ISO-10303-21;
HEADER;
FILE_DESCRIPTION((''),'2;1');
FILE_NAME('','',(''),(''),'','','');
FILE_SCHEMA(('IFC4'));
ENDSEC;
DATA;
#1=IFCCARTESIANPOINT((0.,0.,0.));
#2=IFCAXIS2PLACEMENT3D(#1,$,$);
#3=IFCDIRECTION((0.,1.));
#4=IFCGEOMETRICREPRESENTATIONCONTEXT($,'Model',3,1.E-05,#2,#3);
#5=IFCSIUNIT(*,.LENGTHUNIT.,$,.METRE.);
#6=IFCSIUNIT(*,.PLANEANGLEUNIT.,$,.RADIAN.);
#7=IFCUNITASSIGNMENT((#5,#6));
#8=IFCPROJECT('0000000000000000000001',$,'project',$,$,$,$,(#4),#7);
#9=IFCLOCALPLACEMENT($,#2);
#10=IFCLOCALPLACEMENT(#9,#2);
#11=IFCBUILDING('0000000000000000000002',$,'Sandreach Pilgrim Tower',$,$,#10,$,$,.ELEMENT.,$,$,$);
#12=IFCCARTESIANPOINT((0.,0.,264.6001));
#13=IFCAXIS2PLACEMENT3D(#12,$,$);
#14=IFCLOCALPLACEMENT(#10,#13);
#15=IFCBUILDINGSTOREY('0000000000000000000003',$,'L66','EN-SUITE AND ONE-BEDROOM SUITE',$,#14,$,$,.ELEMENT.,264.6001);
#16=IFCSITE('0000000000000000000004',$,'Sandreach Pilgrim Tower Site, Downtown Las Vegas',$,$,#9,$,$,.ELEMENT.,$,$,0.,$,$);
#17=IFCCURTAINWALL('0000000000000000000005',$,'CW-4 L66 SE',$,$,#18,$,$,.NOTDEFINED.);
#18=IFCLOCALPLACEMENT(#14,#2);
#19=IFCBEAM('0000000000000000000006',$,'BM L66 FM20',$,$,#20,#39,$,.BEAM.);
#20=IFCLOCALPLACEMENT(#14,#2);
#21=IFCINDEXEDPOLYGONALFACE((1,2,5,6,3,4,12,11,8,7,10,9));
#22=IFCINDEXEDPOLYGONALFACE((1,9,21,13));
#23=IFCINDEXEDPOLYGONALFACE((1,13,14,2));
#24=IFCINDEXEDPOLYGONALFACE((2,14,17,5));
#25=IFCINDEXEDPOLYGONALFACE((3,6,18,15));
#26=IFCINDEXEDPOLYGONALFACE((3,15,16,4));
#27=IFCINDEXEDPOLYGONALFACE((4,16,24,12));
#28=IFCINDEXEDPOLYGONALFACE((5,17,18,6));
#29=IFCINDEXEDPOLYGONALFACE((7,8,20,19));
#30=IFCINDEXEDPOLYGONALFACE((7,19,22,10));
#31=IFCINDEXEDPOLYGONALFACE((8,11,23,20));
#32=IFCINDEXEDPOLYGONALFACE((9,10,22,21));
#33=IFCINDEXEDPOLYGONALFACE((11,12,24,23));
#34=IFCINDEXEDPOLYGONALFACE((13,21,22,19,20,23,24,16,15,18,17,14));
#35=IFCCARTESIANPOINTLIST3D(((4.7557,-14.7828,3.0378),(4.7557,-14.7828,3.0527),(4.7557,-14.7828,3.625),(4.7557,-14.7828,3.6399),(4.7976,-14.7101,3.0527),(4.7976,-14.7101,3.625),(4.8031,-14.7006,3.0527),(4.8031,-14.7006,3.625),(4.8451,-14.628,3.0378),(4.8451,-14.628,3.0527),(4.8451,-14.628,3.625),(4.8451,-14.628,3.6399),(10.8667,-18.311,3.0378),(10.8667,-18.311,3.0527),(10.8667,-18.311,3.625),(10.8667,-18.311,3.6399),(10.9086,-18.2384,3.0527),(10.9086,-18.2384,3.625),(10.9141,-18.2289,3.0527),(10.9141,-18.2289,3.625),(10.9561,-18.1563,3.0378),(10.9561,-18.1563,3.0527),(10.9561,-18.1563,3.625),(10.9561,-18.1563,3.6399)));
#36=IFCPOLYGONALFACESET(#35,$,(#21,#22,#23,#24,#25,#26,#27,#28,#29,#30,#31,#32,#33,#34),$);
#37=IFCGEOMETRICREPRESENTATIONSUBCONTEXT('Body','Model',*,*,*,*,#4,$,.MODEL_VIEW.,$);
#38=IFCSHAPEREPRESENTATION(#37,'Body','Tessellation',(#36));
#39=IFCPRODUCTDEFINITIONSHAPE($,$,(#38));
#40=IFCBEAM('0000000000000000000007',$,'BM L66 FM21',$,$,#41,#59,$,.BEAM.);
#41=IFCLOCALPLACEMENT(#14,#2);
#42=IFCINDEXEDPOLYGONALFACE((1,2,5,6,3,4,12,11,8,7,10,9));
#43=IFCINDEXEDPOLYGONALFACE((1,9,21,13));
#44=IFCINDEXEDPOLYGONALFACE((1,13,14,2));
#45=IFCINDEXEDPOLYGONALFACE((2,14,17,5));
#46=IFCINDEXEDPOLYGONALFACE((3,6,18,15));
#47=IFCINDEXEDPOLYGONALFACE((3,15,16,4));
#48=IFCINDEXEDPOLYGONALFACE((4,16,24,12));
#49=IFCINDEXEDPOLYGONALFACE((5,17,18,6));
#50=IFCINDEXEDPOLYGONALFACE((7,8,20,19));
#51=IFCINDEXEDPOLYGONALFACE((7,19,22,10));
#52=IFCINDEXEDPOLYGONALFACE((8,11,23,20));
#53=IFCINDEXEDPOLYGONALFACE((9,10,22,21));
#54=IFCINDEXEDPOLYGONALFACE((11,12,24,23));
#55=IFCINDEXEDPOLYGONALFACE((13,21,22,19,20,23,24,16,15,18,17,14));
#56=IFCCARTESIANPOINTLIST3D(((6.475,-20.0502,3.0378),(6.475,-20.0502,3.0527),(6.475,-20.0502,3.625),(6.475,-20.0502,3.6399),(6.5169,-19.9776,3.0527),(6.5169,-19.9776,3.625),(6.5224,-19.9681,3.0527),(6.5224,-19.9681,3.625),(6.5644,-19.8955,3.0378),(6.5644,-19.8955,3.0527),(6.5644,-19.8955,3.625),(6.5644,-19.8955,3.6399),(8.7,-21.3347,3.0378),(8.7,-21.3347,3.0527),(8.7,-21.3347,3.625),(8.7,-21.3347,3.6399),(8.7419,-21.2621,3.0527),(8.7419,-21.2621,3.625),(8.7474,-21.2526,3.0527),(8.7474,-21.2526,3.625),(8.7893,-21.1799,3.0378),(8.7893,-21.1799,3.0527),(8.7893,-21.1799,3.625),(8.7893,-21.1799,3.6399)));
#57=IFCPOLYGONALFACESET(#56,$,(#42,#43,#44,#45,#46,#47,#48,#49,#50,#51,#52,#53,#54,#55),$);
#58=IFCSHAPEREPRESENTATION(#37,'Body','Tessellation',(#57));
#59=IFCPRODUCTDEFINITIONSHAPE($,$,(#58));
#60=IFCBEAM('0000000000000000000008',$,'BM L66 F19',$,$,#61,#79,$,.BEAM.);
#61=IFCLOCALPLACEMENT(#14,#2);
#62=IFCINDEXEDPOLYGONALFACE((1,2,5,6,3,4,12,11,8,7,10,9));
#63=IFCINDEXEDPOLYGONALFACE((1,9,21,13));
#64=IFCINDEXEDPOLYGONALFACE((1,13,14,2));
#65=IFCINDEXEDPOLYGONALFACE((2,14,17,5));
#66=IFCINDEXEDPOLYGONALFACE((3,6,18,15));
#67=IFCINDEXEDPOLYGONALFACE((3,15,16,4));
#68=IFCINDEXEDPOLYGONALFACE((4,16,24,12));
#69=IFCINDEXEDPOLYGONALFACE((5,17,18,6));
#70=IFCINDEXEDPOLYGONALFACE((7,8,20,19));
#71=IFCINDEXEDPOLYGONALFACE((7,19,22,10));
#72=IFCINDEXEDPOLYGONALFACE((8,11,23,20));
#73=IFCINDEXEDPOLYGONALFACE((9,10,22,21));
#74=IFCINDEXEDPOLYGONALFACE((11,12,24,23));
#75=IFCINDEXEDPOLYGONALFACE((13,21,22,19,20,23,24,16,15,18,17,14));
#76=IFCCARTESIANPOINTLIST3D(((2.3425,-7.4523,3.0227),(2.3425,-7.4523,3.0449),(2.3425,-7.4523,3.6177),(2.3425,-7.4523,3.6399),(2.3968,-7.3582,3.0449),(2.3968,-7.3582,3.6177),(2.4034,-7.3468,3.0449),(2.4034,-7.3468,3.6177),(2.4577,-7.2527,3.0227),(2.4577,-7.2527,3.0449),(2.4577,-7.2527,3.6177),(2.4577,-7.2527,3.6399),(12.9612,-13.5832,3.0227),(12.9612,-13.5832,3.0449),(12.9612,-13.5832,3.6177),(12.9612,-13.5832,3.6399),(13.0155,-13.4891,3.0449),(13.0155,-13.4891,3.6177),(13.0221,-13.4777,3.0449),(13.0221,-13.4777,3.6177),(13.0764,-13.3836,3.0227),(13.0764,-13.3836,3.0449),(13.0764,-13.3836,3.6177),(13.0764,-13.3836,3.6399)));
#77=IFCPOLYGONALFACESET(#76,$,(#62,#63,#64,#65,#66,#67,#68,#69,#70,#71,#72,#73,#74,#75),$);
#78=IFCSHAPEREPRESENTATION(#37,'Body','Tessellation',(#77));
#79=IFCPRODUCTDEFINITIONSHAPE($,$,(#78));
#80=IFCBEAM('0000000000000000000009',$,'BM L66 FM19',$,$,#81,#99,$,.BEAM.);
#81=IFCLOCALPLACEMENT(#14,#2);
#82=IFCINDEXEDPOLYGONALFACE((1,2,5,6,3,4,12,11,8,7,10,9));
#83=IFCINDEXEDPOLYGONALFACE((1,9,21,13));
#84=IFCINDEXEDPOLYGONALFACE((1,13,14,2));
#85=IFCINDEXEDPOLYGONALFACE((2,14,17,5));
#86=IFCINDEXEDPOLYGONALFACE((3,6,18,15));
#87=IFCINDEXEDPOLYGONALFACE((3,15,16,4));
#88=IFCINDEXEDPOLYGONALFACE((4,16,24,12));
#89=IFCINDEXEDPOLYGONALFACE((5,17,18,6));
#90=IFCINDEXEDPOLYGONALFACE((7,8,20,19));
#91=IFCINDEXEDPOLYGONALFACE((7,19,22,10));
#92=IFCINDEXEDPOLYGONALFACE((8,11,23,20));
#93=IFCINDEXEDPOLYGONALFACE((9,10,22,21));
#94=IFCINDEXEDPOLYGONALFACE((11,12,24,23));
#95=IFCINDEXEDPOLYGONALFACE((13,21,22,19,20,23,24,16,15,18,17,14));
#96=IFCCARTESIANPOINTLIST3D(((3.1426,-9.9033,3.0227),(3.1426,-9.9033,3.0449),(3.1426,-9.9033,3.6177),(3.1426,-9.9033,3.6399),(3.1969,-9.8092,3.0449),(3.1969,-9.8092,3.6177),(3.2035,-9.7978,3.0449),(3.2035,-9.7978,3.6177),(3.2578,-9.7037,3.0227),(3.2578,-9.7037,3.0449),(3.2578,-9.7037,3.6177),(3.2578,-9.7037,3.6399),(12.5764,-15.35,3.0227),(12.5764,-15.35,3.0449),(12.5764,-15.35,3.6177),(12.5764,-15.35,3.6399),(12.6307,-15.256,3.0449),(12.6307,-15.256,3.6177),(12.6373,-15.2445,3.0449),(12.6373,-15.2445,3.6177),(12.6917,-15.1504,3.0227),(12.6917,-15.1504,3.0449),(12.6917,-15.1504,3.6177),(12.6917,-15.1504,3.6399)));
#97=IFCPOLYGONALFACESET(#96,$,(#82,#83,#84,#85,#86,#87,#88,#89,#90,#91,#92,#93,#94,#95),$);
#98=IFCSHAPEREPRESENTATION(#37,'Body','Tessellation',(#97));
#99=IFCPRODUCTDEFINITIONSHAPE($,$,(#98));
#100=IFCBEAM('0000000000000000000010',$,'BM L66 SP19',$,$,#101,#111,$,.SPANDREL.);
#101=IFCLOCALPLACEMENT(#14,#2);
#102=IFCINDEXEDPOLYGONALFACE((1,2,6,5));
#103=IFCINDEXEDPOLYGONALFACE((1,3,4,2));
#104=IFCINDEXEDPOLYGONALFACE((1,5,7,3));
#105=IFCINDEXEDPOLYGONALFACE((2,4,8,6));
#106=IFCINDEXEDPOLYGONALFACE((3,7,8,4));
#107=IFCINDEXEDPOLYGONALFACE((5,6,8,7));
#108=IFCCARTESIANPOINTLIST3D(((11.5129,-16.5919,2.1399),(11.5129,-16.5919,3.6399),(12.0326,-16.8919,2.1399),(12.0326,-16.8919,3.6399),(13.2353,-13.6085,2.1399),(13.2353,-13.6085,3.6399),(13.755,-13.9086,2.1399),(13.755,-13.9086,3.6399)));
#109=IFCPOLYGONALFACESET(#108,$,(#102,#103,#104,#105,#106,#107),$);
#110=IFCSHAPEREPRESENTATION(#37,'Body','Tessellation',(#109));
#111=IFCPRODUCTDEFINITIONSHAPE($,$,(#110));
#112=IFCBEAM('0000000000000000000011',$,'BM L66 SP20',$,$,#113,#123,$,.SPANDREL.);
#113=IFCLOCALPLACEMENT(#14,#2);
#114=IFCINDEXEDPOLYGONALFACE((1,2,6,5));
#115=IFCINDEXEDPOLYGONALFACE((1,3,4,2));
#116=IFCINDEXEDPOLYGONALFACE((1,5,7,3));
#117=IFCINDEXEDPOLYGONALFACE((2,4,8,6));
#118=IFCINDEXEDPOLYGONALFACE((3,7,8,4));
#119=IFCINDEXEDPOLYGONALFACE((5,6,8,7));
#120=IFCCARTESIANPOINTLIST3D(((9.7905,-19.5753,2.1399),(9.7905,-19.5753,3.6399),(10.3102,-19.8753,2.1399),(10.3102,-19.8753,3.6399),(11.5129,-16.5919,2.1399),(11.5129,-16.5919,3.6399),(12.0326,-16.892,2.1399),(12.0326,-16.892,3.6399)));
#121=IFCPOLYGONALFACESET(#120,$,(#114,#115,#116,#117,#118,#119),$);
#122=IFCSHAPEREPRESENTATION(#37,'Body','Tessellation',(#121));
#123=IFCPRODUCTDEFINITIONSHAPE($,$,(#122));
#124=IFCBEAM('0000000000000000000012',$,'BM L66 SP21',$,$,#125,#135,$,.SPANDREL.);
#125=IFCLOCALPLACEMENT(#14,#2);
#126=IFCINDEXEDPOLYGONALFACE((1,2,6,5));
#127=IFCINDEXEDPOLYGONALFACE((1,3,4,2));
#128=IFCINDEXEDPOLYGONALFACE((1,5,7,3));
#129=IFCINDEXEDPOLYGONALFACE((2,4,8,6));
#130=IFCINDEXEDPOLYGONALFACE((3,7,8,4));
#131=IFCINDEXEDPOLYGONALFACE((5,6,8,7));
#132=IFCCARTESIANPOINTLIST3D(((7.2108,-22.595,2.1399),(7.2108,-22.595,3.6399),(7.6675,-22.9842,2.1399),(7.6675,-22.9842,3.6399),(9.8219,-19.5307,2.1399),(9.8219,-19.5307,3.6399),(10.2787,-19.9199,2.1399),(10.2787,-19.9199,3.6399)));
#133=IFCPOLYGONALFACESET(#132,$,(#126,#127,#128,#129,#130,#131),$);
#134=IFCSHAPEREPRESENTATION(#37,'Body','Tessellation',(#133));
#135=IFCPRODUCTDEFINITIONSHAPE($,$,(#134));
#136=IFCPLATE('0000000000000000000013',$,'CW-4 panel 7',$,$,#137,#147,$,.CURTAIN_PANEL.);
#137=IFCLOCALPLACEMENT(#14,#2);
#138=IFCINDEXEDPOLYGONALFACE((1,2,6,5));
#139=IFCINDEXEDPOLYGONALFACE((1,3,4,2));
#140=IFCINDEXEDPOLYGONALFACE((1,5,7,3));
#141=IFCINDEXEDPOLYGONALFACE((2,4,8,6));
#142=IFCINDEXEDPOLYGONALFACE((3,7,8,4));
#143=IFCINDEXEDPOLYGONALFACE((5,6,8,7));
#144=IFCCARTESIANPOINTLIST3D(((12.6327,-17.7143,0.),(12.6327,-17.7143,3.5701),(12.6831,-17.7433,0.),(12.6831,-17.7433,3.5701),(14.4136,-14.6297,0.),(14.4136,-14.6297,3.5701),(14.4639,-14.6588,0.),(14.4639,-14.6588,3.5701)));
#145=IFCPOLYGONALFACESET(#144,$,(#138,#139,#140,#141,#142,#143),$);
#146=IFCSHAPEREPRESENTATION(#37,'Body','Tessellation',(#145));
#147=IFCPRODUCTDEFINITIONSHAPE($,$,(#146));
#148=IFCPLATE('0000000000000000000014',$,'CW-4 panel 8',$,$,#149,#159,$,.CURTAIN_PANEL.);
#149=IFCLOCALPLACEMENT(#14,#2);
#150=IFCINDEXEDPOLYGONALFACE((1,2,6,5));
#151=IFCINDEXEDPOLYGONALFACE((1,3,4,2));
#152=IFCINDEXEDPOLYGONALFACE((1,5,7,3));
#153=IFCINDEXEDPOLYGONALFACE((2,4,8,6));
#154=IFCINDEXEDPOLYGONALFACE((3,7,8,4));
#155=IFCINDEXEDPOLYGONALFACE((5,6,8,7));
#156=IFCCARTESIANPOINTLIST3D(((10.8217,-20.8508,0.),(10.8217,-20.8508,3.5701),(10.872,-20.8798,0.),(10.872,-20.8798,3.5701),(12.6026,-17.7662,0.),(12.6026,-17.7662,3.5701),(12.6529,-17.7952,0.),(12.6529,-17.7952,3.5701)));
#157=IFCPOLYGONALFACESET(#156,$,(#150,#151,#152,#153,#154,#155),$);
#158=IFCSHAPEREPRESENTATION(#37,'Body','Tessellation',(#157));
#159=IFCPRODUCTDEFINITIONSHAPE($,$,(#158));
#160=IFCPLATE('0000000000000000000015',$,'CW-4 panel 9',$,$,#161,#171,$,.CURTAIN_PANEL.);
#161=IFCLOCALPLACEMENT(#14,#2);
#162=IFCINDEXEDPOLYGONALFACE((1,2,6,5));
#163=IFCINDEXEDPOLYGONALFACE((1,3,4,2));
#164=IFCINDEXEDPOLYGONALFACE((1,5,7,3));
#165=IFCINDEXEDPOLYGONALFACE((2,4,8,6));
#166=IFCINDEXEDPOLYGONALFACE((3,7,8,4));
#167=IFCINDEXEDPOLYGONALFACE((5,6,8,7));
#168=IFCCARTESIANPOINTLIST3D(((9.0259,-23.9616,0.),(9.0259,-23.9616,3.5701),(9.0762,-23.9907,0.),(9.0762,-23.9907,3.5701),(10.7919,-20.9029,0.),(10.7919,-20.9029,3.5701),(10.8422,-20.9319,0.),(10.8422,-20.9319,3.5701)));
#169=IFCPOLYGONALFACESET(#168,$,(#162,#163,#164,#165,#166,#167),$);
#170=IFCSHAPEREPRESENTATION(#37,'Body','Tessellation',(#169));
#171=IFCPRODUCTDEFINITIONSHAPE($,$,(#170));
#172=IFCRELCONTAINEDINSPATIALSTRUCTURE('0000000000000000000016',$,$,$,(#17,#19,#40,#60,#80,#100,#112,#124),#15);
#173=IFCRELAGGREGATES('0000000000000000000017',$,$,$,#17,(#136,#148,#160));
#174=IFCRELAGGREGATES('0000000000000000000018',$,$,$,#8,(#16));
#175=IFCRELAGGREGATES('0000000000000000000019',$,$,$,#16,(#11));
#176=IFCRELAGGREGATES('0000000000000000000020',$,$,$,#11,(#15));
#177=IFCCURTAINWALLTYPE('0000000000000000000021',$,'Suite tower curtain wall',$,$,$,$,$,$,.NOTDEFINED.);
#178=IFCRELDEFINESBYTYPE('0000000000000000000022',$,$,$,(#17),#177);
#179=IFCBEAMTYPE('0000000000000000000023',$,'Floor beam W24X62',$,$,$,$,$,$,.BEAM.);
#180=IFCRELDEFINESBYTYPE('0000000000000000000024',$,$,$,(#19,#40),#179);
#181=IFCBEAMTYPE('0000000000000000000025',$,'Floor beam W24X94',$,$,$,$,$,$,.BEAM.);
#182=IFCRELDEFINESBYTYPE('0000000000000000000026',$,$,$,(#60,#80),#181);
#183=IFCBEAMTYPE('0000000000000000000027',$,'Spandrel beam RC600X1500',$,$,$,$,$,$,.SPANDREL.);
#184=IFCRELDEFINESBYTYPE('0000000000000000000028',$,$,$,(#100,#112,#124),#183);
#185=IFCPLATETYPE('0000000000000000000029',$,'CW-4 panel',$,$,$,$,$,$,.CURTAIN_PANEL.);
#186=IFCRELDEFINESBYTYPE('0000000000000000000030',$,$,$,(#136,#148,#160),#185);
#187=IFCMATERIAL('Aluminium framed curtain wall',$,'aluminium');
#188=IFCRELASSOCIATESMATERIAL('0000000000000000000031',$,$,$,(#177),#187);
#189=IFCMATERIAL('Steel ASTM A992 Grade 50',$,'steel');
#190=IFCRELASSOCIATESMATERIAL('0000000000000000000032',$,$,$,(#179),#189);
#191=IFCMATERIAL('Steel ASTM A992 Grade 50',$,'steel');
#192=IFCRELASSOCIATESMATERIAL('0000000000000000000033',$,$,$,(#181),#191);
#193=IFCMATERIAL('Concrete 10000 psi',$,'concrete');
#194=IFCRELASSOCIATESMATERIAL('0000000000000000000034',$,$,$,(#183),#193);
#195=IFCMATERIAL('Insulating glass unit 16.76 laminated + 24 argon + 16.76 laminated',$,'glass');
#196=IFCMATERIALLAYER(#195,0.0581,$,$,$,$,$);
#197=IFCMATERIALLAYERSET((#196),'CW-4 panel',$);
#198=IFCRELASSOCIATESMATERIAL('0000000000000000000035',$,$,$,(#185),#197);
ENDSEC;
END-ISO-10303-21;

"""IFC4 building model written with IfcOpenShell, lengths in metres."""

from ifc_helpers import new_model, si_unit, direction, frame, origin, origin_2d, place, context, subcontext, project, spatial, rectangle, i_section, extrude, material, layer, layer_set, material_profile, profile_set, type_object, element, aggregate, save


model = new_model("IFC4")

# Units and contexts
model_context = context("Model", 3, precision=1e-05, world=origin(), true_north=direction((0.0, 1.0)))
body_context = subcontext(model_context, "Body", "Model", "MODEL_VIEW")
ifc_project = project(units=[si_unit("LENGTHUNIT", "METRE"), si_unit("PLANEANGLEUNIT", "RADIAN")], contexts=[model_context])

# Site, building, storey
site_placement = place(None, origin())
site = spatial("IfcSite", under=ifc_project, at=site_placement, Name="Sandreach Pilgrim Tower Site, Downtown Las Vegas", CompositionType="ELEMENT", RefElevation=0.0)
building_placement = place(site_placement, origin())
building = spatial("IfcBuilding", under=site, at=building_placement, Name="Sandreach Pilgrim Tower", CompositionType="ELEMENT")
storey_placement = place(building_placement, frame((0.0, 0.0, 264.6001)))
storey = spatial("IfcBuildingStorey", under=building, at=storey_placement, Name="L66", Description="EN-SUITE AND ONE-BEDROOM SUITE", CompositionType="ELEMENT", Elevation=264.6001)

# Curtain wall
ifc_material_1 = material(Name="Aluminium framed curtain wall", Category="aluminium")
curtain_wall_type = type_object("IfcCurtainWallType", Name="Suite tower curtain wall", PredefinedType="NOTDEFINED", material=ifc_material_1)
curtain_wall_placement = place(storey_placement, origin())
curtain_wall = element("IfcCurtainWall", 1, at=curtain_wall_placement, inside=storey, type_object=curtain_wall_type, Name="CW-4 L66 SE", PredefinedType="NOTDEFINED")

# Beams
ifc_material_2 = material(Name="Steel ASTM A992 Grade 50", Category="steel")
ifc_material_profile_1 = material_profile(ifc_material_2, i_section(OverallWidth=0.1787, OverallDepth=0.6021, WebThickness=0.011, FlangeThickness=0.0149, at=origin_2d()), Name="W24X62")
ifc_profile_set_1 = profile_set([ifc_material_profile_1], Name="Steel ASTM A992 Grade 50")
beam_type_1 = type_object("IfcBeamType", Name="Floor beam W24X62", PredefinedType="BEAM", material=ifc_profile_set_1)
beam_1_placement = place(storey_placement, frame((10.9114, -18.2336, 3.3389), z_axis=(-0.86602, 0.500009, 0.0), x_axis=(-0.500009, -0.86602, 0.0)))
element("IfcBeam", 2, at=beam_1_placement, inside=storey, type_object=beam_type_1, Name="BM L66 FM20", PredefinedType="BEAM", context=body_context, shape_type="SweptSolid", body=[
    extrude(i_section(OverallWidth=0.1787, OverallDepth=0.6021, WebThickness=0.011, FlangeThickness=0.0149, at=origin_2d()), origin(), (0.0, 0.0, 1.0), 7.0564),
])
beam_2_placement = place(storey_placement, frame((8.7446, -21.2573, 3.3389), z_axis=(-0.866042, 0.499972, 0.0), x_axis=(-0.499972, -0.866042, 0.0)))
element("IfcBeam", 3, at=beam_2_placement, inside=storey, type_object=beam_type_1, Name="BM L66 FM21", PredefinedType="BEAM", context=body_context, shape_type="SweptSolid", body=[
    extrude(i_section(OverallWidth=0.1787, OverallDepth=0.6021, WebThickness=0.011, FlangeThickness=0.0149, at=origin_2d()), origin(), (0.0, 0.0, 1.0), 2.5691),
])
ifc_material_3 = material(Name="Steel ASTM A992 Grade 50", Category="steel")
ifc_material_profile_2 = material_profile(ifc_material_3, i_section(OverallWidth=0.2305, OverallDepth=0.6172, WebThickness=0.0132, FlangeThickness=0.0222, at=origin_2d()), Name="W24X94")
ifc_profile_set_2 = profile_set([ifc_material_profile_2], Name="Steel ASTM A992 Grade 50")
beam_type_2 = type_object("IfcBeamType", Name="Floor beam W24X94", PredefinedType="BEAM", material=ifc_profile_set_2)
beam_3_placement = place(storey_placement, frame((13.0188, -13.4834, 3.3313), z_axis=(-0.866019, 0.500011, 0.0), x_axis=(-0.500011, -0.866019, 0.0)))
element("IfcBeam", 4, at=beam_3_placement, inside=storey, type_object=beam_type_2, Name="BM L66 F19", PredefinedType="BEAM", context=body_context, shape_type="SweptSolid", body=[
    extrude(i_section(OverallWidth=0.2305, OverallDepth=0.6172, WebThickness=0.0132, FlangeThickness=0.0222, at=origin_2d()), origin(), (0.0, 0.0, 1.0), 12.2615),
])
beam_4_placement = place(storey_placement, frame((12.634, -15.2502, 3.3313), z_axis=(-0.86602, 0.50001, 0.0), x_axis=(-0.50001, -0.86602, 0.0)))
element("IfcBeam", 5, at=beam_4_placement, inside=storey, type_object=beam_type_2, Name="BM L66 FM19", PredefinedType="BEAM", context=body_context, shape_type="SweptSolid", body=[
    extrude(i_section(OverallWidth=0.2305, OverallDepth=0.6172, WebThickness=0.0132, FlangeThickness=0.0222, at=origin_2d()), origin(), (0.0, 0.0, 1.0), 10.8933),
])
ifc_material_4 = material(Name="Concrete 10000 psi", Category="concrete")
ifc_material_profile_3 = material_profile(ifc_material_4, rectangle(XDim=0.6001, YDim=1.5, at=origin_2d()), Name="RC600X1500")
ifc_profile_set_3 = profile_set([ifc_material_profile_3], Name="Concrete 10000 psi")
beam_type_3 = type_object("IfcBeamType", Name="Spandrel beam RC600X1500", PredefinedType="SPANDREL", material=ifc_profile_set_3)
for number, where, z_axis, x_axis, name in (
    (6, (13.4951, -13.7585, 2.8899), (-0.499988, -0.866032, 0.0), (0.866032, -0.499988, 0.0), "BM L66 SP19"),
    (7, (11.7727, -16.7419, 2.8899), (-0.499988, -0.866032, 0.0), (0.866032, -0.499988, 0.0), "BM L66 SP20"),
):
    element("IfcBeam", number, at=place(storey_placement, frame(where, z_axis=z_axis, x_axis=x_axis)), inside=storey, type_object=beam_type_3, Name=name, PredefinedType="SPANDREL", context=body_context, shape_type="SweptSolid", body=[
        extrude(rectangle(XDim=0.6001, YDim=1.5, at=origin_2d()), origin(), (0.0, 0.0, 1.0), 3.4448),
    ])
beam_5_placement = place(storey_placement, frame((10.0503, -19.7253, 2.8899), z_axis=(-0.648586, -0.761141, 0.0), x_axis=(0.761141, -0.648586, 0.0)))
element("IfcBeam", 8, at=beam_5_placement, inside=storey, type_object=beam_type_3, Name="BM L66 SP21", PredefinedType="SPANDREL", context=body_context, shape_type="SweptSolid", body=[
    extrude(rectangle(XDim=0.6001, YDim=1.5, at=origin_2d()), origin(), (0.0, 0.0, 1.0), 4.0259),
])

# Plates
ifc_material_5 = material(Name="Insulating glass unit 16.76 laminated + 24 argon + 16.76 laminated", Category="glass")
ifc_layer_1 = layer(ifc_material_5, 0.0581)
ifc_layer_set_1 = layer_set([ifc_layer_1], Name="CW-4 panel")
plate_type = type_object("IfcPlateType", Name="CW-4 panel", PredefinedType="CURTAIN_PANEL", material=ifc_layer_set_1)
plate_1_placement = place(storey_placement, frame((13.5483, -16.1865, 0.0), z_axis=(0.0, 0.0, 1.0), x_axis=(-0.5, -0.866025, 0.0)))
plate_1 = element("IfcPlate", 9, at=plate_1_placement, type_object=plate_type, Name="CW-4 panel 7", PredefinedType="CURTAIN_PANEL", context=body_context, shape_type="SweptSolid", body=[
    extrude(rectangle(XDim=3.5618, YDim=0.0581, at=origin_2d()), origin(), (0.0, 0.0, 1.0), 3.5701),
])
plate_2_placement = place(storey_placement, frame((11.7373, -19.323, 0.0), z_axis=(0.0, 0.0, 1.0), x_axis=(-0.5, -0.866025, 0.0)))
plate_2 = element("IfcPlate", 10, at=plate_2_placement, type_object=plate_type, Name="CW-4 panel 8", PredefinedType="CURTAIN_PANEL", context=body_context, shape_type="SweptSolid", body=[
    extrude(rectangle(XDim=3.5618, YDim=0.0581, at=origin_2d()), origin(), (0.0, 0.0, 1.0), 3.5701),
])
plate_3_placement = place(storey_placement, frame((9.9341, -22.4468, 0.0), z_axis=(0.0, 0.0, 1.0), x_axis=(-0.5, -0.866025, 0.0)))
plate_3 = element("IfcPlate", 11, at=plate_3_placement, type_object=plate_type, Name="CW-4 panel 9", PredefinedType="CURTAIN_PANEL", context=body_context, shape_type="SweptSolid", body=[
    extrude(rectangle(XDim=3.532, YDim=0.0581, at=origin_2d()), origin(), (0.0, 0.0, 1.0), 3.5701),
])
aggregate(curtain_wall, [plate_1, plate_2, plate_3])

save(model, "model.ifc")
